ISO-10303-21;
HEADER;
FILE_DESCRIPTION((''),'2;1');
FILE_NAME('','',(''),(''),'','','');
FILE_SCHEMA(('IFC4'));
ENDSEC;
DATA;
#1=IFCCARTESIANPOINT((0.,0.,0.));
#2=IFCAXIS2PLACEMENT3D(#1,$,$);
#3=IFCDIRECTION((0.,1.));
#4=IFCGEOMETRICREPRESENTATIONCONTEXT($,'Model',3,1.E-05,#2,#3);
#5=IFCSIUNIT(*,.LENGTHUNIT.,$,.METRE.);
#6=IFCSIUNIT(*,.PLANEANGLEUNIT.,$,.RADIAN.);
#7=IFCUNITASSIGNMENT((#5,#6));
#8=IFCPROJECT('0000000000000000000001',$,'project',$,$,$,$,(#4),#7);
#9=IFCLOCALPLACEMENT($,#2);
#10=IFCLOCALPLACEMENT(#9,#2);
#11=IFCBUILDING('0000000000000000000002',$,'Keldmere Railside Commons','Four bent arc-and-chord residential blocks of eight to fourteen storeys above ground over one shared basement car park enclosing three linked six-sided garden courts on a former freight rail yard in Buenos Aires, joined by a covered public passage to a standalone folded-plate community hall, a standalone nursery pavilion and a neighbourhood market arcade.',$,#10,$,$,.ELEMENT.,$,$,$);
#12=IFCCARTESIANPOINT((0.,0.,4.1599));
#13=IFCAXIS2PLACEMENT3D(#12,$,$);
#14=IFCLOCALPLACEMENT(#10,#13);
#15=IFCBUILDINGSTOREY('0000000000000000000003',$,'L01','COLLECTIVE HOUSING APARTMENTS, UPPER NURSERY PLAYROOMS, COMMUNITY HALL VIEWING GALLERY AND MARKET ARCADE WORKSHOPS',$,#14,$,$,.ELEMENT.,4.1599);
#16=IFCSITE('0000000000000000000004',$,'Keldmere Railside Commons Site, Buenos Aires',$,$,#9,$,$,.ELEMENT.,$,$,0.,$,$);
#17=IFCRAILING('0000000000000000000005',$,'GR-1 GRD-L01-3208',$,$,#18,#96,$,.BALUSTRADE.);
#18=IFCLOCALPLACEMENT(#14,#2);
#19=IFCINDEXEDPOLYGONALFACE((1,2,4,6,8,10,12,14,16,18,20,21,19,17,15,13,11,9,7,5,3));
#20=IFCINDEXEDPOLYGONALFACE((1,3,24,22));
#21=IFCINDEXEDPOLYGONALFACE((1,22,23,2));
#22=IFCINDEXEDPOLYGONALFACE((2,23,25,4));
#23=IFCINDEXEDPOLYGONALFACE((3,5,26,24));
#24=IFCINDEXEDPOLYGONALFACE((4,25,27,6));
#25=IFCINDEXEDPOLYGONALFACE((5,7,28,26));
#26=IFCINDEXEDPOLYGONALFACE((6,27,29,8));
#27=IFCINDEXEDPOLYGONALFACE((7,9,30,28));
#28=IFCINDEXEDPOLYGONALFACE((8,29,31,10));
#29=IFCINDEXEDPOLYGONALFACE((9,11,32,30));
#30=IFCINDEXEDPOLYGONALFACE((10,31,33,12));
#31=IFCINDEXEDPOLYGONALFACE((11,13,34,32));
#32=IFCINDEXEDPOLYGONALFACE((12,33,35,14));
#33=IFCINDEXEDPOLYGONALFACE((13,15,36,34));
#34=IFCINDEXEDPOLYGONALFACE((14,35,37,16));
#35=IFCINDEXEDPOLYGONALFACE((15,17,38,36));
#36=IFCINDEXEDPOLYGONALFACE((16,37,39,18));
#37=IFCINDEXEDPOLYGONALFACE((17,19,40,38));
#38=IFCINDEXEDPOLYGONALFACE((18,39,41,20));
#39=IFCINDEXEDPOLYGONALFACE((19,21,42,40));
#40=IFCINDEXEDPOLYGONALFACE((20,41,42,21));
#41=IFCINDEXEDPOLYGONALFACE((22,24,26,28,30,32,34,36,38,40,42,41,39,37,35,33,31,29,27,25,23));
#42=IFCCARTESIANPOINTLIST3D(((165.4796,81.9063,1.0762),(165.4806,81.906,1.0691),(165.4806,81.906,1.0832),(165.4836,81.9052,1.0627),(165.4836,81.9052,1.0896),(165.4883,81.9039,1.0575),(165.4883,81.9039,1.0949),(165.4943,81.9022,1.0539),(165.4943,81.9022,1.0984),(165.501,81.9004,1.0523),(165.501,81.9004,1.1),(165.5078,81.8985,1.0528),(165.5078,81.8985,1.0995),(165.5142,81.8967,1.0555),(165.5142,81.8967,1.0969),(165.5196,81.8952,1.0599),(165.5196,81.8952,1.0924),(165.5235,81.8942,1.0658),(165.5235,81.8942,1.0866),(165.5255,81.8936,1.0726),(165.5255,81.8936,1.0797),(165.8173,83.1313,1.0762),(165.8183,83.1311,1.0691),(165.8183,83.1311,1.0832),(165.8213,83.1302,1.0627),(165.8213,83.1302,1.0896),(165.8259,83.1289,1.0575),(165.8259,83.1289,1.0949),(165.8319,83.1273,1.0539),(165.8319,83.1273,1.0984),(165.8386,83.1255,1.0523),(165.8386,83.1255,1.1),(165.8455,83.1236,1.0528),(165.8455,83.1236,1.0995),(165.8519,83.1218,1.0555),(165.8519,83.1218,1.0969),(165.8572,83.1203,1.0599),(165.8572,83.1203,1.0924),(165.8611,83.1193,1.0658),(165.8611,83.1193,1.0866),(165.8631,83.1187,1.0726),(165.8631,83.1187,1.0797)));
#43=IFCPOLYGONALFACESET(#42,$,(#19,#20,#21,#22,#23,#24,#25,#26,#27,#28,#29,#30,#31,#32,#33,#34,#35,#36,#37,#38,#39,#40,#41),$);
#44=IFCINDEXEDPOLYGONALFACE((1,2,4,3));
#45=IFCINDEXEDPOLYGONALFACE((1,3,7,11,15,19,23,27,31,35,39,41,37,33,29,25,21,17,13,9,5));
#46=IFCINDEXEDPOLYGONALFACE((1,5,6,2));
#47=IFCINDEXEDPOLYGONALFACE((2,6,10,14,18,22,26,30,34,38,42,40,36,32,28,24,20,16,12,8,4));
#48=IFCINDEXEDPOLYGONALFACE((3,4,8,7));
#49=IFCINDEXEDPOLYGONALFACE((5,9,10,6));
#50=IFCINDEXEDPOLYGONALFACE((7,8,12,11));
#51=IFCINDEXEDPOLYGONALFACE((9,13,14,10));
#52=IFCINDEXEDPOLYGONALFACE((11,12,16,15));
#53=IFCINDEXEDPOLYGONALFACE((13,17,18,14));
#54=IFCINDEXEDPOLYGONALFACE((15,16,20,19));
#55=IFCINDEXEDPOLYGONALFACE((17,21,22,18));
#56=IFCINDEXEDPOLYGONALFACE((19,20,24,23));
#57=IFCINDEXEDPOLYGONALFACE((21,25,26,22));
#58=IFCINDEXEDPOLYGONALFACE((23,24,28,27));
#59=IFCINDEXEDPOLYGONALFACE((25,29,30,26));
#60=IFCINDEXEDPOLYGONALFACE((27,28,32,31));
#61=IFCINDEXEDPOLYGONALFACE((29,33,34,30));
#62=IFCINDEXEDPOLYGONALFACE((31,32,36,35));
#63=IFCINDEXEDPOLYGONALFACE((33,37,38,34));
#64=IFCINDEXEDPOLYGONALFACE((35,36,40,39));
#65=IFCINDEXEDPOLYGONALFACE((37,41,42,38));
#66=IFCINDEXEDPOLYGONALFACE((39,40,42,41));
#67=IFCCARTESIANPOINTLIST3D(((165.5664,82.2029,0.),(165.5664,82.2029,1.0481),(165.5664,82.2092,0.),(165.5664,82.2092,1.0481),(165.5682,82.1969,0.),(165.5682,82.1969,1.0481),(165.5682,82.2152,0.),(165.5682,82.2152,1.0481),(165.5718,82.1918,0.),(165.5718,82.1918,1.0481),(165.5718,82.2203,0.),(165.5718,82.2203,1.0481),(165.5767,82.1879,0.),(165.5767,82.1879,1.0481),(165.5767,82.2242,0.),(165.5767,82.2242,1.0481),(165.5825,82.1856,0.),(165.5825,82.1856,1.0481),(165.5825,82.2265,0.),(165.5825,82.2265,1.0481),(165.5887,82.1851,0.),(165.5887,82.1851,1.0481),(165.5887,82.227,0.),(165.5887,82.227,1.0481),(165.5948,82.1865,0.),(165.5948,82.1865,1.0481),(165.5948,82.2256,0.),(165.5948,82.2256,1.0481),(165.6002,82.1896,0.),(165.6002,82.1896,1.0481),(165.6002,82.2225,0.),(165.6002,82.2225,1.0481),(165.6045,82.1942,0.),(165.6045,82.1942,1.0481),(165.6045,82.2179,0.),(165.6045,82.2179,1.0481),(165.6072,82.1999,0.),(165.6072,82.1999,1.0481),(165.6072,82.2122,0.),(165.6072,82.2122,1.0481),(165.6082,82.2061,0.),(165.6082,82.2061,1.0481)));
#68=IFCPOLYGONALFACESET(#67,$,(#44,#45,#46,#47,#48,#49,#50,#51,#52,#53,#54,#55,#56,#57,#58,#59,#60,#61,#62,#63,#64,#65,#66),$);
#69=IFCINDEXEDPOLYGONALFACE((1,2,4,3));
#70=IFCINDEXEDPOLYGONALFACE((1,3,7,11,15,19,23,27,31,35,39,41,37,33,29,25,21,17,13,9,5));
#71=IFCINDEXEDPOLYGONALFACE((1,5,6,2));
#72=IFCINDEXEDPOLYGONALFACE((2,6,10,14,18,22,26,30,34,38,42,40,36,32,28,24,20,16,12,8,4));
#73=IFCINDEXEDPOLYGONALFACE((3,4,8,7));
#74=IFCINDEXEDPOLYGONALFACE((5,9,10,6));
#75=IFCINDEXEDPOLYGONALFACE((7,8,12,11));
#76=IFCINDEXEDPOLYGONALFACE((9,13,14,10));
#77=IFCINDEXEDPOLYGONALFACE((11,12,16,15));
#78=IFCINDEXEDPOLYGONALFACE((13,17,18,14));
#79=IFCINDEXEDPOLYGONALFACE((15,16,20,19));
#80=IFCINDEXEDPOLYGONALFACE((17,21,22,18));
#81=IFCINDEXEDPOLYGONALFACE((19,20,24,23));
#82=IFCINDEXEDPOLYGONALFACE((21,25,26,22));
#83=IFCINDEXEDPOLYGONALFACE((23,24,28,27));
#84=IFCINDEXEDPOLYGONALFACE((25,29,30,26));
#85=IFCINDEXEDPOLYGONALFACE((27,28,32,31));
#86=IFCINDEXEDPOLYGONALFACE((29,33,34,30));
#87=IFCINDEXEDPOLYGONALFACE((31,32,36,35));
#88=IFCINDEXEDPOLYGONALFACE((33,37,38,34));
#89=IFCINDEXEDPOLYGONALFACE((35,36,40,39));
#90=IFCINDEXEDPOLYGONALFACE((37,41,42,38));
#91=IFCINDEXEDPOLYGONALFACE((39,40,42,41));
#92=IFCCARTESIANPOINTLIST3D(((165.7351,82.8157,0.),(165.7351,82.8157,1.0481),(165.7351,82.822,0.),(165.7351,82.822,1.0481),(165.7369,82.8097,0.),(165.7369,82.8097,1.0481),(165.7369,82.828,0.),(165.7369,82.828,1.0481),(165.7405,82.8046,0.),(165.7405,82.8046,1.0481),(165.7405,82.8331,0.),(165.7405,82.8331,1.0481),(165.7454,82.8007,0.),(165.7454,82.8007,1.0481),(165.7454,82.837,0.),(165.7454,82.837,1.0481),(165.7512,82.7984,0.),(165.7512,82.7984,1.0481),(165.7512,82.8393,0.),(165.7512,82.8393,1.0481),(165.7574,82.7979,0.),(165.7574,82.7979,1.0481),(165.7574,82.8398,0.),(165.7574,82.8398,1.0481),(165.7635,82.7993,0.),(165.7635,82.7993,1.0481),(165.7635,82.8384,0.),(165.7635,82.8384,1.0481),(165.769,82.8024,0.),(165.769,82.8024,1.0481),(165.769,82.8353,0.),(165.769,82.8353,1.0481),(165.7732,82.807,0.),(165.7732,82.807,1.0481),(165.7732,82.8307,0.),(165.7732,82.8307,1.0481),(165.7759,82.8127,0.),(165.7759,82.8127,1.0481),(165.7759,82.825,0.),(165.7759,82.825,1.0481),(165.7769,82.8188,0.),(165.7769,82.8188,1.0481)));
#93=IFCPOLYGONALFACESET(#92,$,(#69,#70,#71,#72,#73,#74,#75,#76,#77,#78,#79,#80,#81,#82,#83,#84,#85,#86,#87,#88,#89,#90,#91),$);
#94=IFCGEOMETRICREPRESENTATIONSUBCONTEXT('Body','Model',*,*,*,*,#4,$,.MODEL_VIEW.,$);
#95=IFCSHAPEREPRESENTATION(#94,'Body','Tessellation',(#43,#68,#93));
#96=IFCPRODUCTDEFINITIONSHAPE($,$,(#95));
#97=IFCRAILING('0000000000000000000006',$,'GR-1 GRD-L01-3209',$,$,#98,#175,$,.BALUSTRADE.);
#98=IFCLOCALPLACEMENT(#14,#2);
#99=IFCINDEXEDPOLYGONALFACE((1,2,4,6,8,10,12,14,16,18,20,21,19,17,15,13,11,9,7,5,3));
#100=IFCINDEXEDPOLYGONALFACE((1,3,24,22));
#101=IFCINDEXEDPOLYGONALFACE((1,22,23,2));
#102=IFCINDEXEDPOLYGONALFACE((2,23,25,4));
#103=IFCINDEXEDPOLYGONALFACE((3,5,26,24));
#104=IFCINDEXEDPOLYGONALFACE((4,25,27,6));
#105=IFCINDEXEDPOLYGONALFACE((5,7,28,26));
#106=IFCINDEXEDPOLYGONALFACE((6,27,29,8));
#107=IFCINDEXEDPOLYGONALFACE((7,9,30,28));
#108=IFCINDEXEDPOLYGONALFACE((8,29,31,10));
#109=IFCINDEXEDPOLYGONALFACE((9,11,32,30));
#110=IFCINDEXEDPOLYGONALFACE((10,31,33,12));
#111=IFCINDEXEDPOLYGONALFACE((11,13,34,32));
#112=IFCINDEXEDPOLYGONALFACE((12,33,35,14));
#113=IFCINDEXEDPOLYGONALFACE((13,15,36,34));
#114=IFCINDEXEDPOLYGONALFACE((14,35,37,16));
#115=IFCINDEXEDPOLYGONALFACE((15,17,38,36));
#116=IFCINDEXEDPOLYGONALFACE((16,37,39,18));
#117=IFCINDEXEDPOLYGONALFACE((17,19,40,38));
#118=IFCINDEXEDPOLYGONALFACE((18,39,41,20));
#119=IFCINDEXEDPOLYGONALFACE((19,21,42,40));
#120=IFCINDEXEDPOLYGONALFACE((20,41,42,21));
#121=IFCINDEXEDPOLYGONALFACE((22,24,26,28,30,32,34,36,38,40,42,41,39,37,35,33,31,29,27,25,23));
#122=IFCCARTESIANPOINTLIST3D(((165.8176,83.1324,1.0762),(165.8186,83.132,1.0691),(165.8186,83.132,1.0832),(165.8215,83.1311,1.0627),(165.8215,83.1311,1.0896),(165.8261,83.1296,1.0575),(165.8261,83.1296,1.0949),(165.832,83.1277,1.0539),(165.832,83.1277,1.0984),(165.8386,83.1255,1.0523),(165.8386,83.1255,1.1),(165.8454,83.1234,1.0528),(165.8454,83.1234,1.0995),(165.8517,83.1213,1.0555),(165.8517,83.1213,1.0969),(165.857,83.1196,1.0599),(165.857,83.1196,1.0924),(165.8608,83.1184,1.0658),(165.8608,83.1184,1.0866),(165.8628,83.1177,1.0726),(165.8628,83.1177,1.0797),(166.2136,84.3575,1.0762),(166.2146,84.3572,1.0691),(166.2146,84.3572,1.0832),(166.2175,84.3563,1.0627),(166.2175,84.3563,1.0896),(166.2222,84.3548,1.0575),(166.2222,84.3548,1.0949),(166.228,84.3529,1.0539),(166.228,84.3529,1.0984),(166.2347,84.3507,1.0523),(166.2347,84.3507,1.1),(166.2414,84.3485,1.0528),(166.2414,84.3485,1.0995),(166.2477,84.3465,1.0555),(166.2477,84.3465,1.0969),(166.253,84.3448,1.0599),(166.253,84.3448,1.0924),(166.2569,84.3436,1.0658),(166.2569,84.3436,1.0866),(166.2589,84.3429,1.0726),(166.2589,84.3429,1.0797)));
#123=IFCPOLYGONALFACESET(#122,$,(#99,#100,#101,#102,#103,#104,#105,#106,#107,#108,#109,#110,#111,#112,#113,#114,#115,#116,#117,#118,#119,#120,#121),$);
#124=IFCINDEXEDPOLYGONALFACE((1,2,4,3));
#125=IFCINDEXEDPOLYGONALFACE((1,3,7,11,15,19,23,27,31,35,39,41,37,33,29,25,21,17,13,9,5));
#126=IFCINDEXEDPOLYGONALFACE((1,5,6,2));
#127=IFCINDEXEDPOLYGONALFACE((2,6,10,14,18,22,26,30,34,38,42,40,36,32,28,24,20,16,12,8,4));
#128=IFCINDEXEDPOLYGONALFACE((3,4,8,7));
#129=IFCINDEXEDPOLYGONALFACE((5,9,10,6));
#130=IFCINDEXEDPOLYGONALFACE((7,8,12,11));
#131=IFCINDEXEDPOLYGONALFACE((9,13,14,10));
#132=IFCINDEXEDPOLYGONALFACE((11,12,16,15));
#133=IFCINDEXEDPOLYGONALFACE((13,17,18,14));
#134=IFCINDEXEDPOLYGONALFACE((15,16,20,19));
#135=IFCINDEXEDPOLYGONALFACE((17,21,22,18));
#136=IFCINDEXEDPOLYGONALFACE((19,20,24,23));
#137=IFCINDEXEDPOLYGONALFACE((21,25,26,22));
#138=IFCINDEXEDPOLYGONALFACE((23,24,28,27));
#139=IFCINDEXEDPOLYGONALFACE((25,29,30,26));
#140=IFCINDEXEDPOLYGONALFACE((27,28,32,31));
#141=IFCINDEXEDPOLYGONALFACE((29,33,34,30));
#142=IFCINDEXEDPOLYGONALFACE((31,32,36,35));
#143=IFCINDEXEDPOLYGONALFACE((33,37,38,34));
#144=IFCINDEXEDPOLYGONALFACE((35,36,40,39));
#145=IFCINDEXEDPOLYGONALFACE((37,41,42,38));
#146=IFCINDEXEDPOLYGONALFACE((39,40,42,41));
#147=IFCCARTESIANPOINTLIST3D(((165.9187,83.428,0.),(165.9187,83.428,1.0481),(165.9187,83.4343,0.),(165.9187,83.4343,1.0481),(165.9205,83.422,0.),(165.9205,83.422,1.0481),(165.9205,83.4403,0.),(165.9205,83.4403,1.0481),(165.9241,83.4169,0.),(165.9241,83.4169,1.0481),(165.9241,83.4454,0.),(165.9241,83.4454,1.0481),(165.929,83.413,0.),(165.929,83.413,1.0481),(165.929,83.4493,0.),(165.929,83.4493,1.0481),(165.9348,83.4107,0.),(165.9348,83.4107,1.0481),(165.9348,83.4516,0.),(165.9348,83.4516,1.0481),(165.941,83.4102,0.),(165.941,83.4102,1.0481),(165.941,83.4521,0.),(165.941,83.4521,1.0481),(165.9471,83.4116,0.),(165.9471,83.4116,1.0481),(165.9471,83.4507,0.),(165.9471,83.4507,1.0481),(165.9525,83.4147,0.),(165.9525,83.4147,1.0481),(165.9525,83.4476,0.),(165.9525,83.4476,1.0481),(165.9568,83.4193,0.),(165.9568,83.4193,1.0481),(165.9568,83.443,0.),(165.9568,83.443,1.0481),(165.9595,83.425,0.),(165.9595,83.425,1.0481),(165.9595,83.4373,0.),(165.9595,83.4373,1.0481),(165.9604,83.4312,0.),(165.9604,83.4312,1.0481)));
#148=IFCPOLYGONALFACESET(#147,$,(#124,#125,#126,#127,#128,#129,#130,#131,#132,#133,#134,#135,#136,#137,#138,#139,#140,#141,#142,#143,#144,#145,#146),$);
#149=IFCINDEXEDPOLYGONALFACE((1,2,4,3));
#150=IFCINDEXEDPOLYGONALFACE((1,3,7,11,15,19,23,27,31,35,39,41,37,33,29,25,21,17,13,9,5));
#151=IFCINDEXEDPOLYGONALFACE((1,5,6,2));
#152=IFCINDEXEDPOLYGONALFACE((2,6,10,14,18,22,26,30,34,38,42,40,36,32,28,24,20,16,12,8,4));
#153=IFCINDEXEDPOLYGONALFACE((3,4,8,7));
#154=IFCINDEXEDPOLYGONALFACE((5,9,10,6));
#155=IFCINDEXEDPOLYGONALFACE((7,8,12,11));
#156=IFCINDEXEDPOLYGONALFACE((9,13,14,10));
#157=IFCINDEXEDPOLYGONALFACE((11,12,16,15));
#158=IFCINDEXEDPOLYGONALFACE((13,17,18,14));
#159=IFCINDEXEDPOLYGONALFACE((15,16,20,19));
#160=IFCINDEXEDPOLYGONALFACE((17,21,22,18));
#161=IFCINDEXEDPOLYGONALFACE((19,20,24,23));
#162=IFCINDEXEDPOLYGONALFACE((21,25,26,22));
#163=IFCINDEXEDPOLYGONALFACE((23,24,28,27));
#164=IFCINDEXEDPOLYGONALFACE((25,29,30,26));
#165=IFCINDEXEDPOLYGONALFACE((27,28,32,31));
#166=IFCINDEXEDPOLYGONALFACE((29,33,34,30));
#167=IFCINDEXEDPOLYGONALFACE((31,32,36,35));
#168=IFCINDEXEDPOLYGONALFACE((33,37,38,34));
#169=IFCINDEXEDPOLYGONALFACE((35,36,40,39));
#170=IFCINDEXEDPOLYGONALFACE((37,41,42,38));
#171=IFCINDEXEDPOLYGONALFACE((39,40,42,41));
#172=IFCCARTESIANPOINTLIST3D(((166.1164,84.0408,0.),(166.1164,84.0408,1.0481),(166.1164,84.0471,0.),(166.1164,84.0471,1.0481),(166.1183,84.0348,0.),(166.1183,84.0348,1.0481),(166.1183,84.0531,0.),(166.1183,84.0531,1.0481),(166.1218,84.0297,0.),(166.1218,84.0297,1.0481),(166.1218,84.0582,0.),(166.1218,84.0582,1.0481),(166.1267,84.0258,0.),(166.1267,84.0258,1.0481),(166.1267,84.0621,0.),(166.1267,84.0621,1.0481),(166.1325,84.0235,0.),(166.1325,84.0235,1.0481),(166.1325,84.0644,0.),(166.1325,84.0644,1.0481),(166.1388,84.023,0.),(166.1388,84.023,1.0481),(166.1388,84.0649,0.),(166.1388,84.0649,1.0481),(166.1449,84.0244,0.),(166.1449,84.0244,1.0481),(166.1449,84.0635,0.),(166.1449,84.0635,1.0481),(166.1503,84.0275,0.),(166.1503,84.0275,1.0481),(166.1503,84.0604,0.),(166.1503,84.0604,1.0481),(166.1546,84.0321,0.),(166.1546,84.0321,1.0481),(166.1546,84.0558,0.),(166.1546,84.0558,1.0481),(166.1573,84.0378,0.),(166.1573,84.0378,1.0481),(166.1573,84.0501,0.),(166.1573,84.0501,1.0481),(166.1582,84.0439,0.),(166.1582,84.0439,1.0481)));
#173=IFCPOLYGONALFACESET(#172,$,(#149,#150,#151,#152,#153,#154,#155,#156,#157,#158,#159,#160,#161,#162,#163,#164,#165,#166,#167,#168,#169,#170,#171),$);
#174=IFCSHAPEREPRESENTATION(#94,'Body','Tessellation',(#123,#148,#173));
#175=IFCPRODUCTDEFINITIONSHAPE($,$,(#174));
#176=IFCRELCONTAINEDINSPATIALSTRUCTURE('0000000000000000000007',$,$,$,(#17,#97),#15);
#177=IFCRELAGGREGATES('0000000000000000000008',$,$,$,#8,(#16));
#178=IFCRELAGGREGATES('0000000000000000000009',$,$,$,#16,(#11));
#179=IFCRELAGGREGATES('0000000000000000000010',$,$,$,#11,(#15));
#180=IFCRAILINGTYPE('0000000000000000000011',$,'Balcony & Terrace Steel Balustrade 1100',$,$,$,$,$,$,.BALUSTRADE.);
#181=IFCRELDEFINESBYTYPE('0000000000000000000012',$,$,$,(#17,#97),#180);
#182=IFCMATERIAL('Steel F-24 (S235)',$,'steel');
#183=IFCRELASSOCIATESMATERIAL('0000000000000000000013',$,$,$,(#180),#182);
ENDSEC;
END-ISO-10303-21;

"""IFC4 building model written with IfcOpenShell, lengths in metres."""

from ifc_helpers import new_model, si_unit, direction, frame, origin, origin_2d, place, context, subcontext, project, spatial, circle, extrude, material, type_object, element, save


model = new_model("IFC4")

# Units and contexts
model_context = context("Model", 3, precision=1e-05, world=origin(), true_north=direction((0.0, 1.0)))
body_context = subcontext(model_context, "Body", "Model", "MODEL_VIEW")
ifc_project = project(units=[si_unit("LENGTHUNIT", "METRE"), si_unit("PLANEANGLEUNIT", "RADIAN")], contexts=[model_context])

# Site, building, storey
site_placement = place(None, origin())
site = spatial("IfcSite", under=ifc_project, at=site_placement, Name="Keldmere Railside Commons Site, Buenos Aires", CompositionType="ELEMENT", RefElevation=0.0)
building_placement = place(site_placement, origin())
building = spatial("IfcBuilding", under=site, at=building_placement, Name="Keldmere Railside Commons", Description="Four bent arc-and-chord residential blocks of eight to fourteen storeys above ground over one shared basement car park enclosing three linked six-sided garden courts on a former freight rail yard in Buenos Aires, joined by a covered public passage to a standalone folded-plate community hall, a standalone nursery pavilion and a neighbourhood market arcade.", CompositionType="ELEMENT")
storey_placement = place(building_placement, frame((0.0, 0.0, 4.1599)))
storey = spatial("IfcBuildingStorey", under=building, at=storey_placement, Name="L01", Description="COLLECTIVE HOUSING APARTMENTS, UPPER NURSERY PLAYROOMS, COMMUNITY HALL VIEWING GALLERY AND MARKET ARCADE WORKSHOPS", CompositionType="ELEMENT", Elevation=4.1599)

# Railings
ifc_material_1 = material(Name="Steel F-24 (S235)", Category="steel")
railing_type = type_object("IfcRailingType", Name="Balcony & Terrace Steel Balustrade 1100", PredefinedType="BALUSTRADE", material=ifc_material_1)
railing_1_placement = place(storey_placement, frame((165.5027, 81.8999, 0.0)))
element("IfcRailing", 1, at=railing_1_placement, inside=storey, type_object=railing_type, Name="GR-1 GRD-L01-3208", PredefinedType="BALUSTRADE", context=body_context, shape_type="SweptSolid", body=[
    extrude(circle(Radius=0.0239, at=origin_2d()), frame((0.0, 0.0, 1.0762), z_axis=(0.265701, 0.964055, 0.0), x_axis=(-0.964055, 0.265701, 0.0)), (0.0, 0.0, 1.0), 1.2708),
    extrude(circle(Radius=0.021, at=origin_2d()), frame((0.0845, 0.3062, 0.0)), (0.0, 0.0, 1.0), 1.0481),
    extrude(circle(Radius=0.021, at=origin_2d()), frame((0.2532, 0.9189, 0.0)), (0.0, 0.0, 1.0), 1.0481),
])
railing_2_placement = place(storey_placement, frame((165.8403, 83.125, 0.0)))
element("IfcRailing", 2, at=railing_2_placement, inside=storey, type_object=railing_type, Name="GR-1 GRD-L01-3209", PredefinedType="BALUSTRADE", context=body_context, shape_type="SweptSolid", body=[
    extrude(circle(Radius=0.0239, at=origin_2d()), frame((0.0, 0.0, 1.0762), z_axis=(0.307568, 0.951526, 0.0), x_axis=(-0.951526, 0.307568, 0.0)), (0.0, 0.0, 1.0), 1.2876),
    extrude(circle(Radius=0.021, at=origin_2d()), frame((0.0991, 0.3062, 0.0)), (0.0, 0.0, 1.0), 1.0481),
    extrude(circle(Radius=0.021, at=origin_2d()), frame((0.2969, 0.9189, 0.0)), (0.0, 0.0, 1.0), 1.0481),
])

save(model, "model.ifc")
